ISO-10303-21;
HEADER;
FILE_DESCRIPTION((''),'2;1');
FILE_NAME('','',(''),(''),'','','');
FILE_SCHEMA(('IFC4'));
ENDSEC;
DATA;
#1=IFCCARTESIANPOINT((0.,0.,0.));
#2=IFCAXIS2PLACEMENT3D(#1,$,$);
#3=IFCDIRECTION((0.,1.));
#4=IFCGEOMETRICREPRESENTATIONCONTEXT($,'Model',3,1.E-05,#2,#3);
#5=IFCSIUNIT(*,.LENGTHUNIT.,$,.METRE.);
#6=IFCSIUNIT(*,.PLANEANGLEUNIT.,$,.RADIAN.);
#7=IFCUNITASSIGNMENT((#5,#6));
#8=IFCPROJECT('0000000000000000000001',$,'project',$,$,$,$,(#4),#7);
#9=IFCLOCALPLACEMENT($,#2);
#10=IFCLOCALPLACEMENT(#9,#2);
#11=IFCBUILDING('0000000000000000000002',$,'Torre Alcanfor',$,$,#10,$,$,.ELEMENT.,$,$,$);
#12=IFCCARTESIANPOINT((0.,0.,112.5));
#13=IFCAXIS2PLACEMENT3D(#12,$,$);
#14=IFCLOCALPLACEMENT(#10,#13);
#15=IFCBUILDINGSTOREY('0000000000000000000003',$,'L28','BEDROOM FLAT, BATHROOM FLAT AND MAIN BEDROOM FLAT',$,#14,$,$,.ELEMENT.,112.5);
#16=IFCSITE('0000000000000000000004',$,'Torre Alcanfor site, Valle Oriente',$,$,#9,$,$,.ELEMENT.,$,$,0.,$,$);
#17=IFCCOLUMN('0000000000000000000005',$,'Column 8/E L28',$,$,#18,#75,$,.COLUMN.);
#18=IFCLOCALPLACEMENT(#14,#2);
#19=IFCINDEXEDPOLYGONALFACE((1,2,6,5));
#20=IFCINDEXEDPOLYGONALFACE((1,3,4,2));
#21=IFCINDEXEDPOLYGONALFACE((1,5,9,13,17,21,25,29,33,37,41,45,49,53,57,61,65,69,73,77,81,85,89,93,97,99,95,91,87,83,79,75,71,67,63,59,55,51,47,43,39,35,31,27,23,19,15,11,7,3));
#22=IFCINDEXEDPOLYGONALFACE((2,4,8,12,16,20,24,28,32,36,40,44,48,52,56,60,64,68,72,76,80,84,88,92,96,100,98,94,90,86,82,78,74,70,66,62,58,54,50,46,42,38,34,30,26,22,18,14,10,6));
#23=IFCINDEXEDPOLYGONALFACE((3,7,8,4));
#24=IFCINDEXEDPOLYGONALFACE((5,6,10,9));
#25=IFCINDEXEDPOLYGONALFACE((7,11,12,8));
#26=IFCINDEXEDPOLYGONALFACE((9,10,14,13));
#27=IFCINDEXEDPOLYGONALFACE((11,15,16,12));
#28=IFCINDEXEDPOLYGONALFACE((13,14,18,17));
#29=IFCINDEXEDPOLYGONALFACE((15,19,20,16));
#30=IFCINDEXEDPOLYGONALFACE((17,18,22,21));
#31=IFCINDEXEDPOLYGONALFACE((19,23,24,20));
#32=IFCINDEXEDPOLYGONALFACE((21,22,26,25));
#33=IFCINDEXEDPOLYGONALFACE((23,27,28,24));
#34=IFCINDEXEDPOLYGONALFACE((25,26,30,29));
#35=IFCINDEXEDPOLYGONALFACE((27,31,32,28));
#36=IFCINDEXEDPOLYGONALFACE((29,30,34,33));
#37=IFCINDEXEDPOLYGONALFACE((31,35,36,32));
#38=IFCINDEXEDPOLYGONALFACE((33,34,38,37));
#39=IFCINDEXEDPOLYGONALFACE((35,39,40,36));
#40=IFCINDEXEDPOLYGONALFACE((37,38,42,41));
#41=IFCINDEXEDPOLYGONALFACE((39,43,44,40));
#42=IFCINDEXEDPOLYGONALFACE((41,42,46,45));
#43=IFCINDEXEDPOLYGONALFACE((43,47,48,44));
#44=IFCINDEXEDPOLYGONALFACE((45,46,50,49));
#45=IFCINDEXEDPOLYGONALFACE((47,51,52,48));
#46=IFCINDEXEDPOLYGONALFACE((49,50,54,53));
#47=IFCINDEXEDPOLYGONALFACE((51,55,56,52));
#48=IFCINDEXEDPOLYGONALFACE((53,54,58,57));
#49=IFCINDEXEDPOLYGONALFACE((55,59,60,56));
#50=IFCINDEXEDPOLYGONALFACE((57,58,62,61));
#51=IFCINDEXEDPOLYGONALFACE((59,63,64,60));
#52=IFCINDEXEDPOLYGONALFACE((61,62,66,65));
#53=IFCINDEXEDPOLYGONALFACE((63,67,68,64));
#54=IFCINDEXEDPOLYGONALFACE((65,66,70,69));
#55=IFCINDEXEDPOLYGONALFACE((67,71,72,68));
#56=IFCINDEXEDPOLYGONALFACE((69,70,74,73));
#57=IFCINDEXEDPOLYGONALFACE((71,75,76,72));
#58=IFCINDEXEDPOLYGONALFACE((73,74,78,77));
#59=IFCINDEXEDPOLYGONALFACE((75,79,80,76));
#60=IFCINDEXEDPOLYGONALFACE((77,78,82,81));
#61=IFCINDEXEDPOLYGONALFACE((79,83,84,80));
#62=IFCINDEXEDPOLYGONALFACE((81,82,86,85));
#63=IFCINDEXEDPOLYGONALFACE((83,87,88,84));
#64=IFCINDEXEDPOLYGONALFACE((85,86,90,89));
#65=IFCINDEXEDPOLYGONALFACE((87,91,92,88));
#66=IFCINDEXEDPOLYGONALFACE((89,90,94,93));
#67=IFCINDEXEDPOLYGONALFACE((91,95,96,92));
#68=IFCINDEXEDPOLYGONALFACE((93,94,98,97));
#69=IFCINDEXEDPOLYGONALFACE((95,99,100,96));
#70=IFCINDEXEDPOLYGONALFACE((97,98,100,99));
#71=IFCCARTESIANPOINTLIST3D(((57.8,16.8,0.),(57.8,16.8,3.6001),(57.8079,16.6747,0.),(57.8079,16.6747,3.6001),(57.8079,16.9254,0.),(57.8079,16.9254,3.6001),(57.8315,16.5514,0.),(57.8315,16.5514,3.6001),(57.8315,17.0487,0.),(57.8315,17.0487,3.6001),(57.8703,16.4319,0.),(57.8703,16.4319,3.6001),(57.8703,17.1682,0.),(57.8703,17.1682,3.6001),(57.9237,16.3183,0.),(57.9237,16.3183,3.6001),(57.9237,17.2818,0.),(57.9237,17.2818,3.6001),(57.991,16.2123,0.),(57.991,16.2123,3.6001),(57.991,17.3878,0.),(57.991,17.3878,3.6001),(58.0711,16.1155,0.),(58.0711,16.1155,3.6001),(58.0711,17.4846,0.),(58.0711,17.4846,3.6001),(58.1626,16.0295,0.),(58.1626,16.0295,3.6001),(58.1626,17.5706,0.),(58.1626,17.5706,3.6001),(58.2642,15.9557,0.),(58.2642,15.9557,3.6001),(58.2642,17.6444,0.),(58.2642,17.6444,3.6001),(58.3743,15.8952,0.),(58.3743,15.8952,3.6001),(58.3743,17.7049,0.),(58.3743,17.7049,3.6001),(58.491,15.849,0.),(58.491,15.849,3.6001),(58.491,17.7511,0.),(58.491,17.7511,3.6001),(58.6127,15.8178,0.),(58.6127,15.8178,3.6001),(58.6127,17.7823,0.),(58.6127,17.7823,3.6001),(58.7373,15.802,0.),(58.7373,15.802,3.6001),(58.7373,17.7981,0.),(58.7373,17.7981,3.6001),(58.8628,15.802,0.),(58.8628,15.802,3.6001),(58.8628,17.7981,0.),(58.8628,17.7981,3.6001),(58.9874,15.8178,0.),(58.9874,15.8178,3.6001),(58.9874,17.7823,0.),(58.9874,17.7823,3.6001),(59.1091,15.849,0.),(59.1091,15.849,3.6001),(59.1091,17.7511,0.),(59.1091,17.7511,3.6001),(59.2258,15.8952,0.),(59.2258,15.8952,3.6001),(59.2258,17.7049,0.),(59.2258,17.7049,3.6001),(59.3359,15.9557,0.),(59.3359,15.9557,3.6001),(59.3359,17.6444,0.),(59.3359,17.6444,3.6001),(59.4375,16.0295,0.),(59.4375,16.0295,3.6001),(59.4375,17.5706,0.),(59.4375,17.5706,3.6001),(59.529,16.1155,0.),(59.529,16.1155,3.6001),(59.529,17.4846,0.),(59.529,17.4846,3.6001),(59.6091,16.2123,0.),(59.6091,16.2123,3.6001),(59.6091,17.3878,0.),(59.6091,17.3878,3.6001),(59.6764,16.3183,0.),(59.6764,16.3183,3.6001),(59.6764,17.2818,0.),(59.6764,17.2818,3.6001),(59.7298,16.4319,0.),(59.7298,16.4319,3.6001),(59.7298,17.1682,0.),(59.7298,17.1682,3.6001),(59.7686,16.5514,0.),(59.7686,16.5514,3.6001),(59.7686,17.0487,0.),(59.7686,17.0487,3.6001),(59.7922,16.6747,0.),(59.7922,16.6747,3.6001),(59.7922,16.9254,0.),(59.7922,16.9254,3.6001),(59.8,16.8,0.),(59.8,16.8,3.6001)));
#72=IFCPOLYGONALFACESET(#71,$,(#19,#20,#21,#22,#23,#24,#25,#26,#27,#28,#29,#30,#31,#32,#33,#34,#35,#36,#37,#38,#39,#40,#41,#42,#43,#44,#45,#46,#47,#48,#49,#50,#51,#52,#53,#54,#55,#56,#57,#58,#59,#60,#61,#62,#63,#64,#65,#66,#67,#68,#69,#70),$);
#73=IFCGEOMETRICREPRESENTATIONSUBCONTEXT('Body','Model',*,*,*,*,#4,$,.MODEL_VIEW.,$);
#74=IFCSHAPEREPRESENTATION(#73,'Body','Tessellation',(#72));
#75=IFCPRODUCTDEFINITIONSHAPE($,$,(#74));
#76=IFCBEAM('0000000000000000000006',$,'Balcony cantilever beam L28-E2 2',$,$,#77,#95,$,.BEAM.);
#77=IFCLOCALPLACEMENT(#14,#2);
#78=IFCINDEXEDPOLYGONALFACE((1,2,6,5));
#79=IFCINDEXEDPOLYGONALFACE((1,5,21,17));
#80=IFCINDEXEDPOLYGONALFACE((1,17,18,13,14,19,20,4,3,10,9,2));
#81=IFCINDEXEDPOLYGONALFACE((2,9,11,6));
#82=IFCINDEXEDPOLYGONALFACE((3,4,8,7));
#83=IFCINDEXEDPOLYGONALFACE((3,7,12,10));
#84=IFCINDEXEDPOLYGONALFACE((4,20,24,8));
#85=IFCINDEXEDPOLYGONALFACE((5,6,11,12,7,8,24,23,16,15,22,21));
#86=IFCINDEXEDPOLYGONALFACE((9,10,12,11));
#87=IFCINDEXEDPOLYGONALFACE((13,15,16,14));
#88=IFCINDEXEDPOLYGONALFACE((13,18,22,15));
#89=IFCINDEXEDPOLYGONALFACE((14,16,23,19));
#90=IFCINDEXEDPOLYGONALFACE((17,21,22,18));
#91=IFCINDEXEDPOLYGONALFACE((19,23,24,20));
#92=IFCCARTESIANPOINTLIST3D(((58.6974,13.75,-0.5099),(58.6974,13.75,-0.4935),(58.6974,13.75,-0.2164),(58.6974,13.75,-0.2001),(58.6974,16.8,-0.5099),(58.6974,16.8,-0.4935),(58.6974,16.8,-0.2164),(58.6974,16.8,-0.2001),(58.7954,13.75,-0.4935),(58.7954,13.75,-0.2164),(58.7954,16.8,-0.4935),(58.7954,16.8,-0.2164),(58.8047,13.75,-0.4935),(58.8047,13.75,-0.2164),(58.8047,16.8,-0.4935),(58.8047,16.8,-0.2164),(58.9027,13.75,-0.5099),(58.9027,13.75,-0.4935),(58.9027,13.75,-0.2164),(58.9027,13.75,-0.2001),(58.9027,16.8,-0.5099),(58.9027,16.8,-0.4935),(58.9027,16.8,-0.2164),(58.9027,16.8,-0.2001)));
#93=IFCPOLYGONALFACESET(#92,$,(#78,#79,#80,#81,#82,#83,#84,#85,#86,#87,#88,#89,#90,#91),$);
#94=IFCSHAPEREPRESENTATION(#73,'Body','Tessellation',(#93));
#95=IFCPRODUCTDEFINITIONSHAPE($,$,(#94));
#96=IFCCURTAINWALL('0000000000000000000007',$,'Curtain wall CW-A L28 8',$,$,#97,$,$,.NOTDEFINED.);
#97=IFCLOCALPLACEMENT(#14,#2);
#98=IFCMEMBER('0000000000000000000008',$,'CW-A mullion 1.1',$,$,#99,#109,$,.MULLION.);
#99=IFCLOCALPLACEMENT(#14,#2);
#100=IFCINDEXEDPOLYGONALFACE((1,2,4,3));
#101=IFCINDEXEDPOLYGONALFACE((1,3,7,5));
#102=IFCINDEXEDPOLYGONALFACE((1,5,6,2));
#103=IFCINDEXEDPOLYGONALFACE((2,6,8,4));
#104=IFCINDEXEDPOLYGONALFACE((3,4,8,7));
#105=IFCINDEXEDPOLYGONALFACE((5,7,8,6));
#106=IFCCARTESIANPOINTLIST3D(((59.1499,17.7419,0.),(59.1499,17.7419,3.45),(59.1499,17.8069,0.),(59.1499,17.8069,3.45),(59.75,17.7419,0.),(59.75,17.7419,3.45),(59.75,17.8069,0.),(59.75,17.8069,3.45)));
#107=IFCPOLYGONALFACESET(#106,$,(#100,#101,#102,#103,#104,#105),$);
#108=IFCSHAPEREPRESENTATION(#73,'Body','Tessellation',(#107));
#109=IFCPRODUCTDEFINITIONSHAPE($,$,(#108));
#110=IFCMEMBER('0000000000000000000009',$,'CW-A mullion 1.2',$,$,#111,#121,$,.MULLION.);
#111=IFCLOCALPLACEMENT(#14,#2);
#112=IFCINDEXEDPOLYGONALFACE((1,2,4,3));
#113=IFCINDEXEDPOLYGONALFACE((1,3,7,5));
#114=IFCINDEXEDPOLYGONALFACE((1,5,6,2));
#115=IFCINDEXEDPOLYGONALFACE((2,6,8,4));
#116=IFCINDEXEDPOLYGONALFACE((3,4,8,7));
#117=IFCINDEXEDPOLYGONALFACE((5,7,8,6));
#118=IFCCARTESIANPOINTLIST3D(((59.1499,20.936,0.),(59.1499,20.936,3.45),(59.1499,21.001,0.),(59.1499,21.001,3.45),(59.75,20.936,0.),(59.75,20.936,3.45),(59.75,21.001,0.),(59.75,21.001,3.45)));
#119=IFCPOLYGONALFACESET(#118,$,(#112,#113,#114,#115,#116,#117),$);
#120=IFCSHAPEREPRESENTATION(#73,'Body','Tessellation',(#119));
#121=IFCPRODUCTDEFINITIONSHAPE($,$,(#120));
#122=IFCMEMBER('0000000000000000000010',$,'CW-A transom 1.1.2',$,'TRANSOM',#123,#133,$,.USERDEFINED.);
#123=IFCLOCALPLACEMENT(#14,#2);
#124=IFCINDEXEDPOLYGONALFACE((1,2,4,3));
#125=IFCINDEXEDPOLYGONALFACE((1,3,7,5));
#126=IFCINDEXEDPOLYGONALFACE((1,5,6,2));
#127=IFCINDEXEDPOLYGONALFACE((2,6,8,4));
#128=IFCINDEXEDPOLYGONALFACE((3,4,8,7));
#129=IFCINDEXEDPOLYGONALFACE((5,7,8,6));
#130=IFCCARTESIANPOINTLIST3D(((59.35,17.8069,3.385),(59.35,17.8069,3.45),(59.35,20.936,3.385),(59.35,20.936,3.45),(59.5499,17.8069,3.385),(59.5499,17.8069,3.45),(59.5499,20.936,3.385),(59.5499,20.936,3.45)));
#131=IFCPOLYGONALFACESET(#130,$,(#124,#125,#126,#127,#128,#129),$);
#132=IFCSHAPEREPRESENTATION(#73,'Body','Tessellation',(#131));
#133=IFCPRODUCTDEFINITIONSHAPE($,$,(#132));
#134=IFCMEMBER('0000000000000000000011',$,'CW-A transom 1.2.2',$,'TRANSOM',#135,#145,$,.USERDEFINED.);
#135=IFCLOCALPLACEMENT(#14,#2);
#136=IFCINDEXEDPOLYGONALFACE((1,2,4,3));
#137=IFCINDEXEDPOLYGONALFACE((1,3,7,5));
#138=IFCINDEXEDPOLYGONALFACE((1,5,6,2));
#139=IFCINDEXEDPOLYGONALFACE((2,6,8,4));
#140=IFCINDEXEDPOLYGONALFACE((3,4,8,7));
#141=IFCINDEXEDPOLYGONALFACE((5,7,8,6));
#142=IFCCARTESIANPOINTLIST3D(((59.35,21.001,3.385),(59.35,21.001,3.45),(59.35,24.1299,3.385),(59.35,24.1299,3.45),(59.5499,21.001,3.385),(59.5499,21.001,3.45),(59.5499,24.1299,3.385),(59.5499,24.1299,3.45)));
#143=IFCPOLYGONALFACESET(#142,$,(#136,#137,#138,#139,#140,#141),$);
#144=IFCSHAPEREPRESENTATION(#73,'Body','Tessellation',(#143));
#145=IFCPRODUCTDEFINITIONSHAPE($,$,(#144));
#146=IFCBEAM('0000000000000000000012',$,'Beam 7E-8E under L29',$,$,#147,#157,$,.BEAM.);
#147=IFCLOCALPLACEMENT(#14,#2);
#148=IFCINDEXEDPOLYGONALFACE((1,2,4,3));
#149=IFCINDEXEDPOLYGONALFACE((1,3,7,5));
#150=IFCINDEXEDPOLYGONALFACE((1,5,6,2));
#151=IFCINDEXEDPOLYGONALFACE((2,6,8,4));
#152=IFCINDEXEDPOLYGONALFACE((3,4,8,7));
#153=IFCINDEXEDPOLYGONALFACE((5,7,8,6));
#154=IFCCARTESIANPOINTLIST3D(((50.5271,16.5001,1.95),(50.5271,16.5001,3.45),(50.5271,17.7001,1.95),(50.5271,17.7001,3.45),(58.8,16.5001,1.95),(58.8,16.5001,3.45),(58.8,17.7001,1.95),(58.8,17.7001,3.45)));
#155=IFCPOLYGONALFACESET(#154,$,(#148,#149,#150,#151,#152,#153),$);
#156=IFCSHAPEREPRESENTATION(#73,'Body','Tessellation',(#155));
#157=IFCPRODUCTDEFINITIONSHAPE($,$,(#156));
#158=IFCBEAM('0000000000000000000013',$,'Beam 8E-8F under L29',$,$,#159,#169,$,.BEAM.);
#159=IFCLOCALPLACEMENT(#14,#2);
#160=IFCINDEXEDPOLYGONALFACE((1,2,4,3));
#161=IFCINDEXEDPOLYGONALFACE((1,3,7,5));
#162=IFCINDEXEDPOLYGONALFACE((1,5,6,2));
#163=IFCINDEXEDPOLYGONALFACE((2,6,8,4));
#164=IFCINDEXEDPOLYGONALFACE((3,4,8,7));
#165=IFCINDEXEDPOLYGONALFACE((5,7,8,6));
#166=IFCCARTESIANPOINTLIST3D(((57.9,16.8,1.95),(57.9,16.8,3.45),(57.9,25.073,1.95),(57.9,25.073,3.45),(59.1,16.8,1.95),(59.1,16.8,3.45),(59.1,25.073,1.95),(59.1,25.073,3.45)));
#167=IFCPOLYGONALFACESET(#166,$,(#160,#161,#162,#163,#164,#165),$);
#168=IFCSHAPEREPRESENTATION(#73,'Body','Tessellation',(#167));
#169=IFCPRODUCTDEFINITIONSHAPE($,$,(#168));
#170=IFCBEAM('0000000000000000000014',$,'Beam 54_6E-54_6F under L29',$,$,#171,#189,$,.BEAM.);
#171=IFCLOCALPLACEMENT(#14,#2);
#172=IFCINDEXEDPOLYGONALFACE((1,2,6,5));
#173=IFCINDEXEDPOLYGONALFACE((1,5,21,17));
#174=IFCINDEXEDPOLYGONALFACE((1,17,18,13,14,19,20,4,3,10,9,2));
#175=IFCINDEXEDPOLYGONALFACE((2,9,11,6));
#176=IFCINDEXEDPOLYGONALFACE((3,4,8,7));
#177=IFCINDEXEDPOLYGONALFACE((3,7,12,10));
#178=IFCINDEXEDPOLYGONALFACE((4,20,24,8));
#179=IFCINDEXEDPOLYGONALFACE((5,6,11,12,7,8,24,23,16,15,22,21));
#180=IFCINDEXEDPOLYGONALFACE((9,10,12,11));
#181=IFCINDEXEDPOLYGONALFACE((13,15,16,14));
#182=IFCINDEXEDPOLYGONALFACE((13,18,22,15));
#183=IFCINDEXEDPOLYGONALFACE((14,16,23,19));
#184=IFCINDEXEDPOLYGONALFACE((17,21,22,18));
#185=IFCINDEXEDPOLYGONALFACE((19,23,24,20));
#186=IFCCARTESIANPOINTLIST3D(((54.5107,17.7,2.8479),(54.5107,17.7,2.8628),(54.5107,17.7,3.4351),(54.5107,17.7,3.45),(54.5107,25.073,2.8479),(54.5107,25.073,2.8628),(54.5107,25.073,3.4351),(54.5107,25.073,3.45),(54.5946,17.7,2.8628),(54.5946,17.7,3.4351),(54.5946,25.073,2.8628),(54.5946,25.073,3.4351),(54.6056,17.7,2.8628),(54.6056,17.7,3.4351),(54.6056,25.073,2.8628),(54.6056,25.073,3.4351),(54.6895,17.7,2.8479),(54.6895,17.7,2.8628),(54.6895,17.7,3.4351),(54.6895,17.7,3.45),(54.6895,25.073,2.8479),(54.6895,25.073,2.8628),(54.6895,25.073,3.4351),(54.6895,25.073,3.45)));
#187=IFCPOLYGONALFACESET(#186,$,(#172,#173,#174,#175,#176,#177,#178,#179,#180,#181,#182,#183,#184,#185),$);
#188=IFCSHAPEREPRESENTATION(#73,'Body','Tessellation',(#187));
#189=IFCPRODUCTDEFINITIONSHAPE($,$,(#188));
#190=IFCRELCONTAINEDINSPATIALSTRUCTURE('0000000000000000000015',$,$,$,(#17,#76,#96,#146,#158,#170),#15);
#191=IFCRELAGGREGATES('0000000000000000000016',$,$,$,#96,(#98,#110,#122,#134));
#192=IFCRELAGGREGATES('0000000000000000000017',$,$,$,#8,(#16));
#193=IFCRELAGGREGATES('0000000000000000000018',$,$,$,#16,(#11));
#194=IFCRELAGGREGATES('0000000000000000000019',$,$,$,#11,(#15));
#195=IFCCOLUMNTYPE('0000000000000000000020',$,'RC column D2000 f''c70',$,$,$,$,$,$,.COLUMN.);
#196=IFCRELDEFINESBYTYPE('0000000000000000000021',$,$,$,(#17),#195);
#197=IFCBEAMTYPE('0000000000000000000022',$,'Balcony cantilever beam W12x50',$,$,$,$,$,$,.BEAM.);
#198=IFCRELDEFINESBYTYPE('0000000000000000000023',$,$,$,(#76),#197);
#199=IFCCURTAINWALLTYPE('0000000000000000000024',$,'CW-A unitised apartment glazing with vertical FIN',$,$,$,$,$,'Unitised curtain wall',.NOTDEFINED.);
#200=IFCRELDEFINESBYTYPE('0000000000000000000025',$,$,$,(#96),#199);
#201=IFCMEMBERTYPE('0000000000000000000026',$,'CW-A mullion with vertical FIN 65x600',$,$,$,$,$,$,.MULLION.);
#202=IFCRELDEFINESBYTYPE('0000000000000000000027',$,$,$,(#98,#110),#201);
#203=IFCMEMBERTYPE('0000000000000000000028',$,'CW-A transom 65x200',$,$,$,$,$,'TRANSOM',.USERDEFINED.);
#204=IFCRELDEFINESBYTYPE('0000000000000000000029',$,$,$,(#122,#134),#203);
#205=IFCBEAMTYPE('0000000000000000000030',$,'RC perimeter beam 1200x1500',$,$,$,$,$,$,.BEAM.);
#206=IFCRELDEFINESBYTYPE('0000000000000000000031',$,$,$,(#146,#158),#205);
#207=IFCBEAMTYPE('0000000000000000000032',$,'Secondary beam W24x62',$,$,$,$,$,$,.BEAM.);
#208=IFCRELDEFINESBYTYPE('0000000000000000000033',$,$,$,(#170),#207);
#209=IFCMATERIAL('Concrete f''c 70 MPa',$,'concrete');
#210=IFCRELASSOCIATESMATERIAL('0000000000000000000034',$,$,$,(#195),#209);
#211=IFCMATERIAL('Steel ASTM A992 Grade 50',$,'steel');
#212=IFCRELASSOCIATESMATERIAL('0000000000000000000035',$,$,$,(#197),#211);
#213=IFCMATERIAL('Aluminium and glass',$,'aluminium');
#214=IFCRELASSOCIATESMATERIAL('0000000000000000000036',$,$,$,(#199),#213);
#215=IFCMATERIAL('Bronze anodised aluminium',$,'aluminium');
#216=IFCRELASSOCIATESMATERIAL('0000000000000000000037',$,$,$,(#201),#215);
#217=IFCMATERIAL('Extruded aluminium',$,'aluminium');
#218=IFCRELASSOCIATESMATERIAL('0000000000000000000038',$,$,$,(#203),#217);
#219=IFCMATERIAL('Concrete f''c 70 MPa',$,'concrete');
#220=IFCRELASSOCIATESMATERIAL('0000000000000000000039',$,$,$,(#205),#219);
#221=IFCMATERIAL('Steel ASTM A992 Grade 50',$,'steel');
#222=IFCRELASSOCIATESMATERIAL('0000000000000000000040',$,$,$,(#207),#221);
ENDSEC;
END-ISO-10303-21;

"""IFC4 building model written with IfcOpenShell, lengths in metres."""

from ifc_helpers import new_model, si_unit, direction, frame, origin, origin_2d, place, context, subcontext, project, spatial, rectangle, circle, i_section, extrude, material, material_profile, profile_set, type_object, element, aggregate, save


model = new_model("IFC4")

# Units and contexts
model_context = context("Model", 3, precision=1e-05, world=origin(), true_north=direction((0.0, 1.0)))
body_context = subcontext(model_context, "Body", "Model", "MODEL_VIEW")
ifc_project = project(units=[si_unit("LENGTHUNIT", "METRE"), si_unit("PLANEANGLEUNIT", "RADIAN")], contexts=[model_context])

# Site, building, storey
site_placement = place(None, origin())
site = spatial("IfcSite", under=ifc_project, at=site_placement, Name="Torre Alcanfor site, Valle Oriente", CompositionType="ELEMENT", RefElevation=0.0)
building_placement = place(site_placement, origin())
building = spatial("IfcBuilding", under=site, at=building_placement, Name="Torre Alcanfor", CompositionType="ELEMENT")
storey_placement = place(building_placement, frame((0.0, 0.0, 112.5)))
storey = spatial("IfcBuildingStorey", under=building, at=storey_placement, Name="L28", Description="BEDROOM FLAT, BATHROOM FLAT AND MAIN BEDROOM FLAT", CompositionType="ELEMENT", Elevation=112.5)

# Column
ifc_material_1 = material(Name="Concrete f'c 70 MPa", Category="concrete")
ifc_material_profile_1 = material_profile(ifc_material_1, circle(Radius=1.0, at=origin_2d()), Name="D2000")
ifc_profile_set_1 = profile_set([ifc_material_profile_1], Name="Concrete f'c 70 MPa")
column_type = type_object("IfcColumnType", Name="RC column D2000 f'c70", PredefinedType="COLUMN", material=ifc_profile_set_1)
column_placement = place(storey_placement, frame((58.8, 16.8, 0.0), z_axis=(0.0, 0.0, 1.0), x_axis=(1.0, 0.0, 0.0)))
element("IfcColumn", 1, at=column_placement, inside=storey, type_object=column_type, Name="Column 8/E L28", PredefinedType="COLUMN", context=body_context, shape_type="SweptSolid", body=[
    extrude(circle(Radius=1.0, at=origin_2d()), origin(), (0.0, 0.0, 1.0), 3.6001),
])

# Beam
ifc_material_2 = material(Name="Steel ASTM A992 Grade 50", Category="steel")
ifc_material_profile_2 = material_profile(ifc_material_2, i_section(OverallWidth=0.2053, OverallDepth=0.3098, WebThickness=0.0093, FlangeThickness=0.0164, at=origin_2d()), Name="W12x50")
ifc_profile_set_2 = profile_set([ifc_material_profile_2], Name="Steel ASTM A992 Grade 50")
beam_type_1 = type_object("IfcBeamType", Name="Balcony cantilever beam W12x50", PredefinedType="BEAM", material=ifc_profile_set_2)
beam_1_placement = place(storey_placement, frame((58.8, 16.8, -0.355), z_axis=(0.0, -1.0, 0.0), x_axis=(1.0, 0.0, 0.0)))
element("IfcBeam", 2, at=beam_1_placement, inside=storey, type_object=beam_type_1, Name="Balcony cantilever beam L28-E2 2", PredefinedType="BEAM", context=body_context, shape_type="SweptSolid", body=[
    extrude(i_section(OverallWidth=0.2053, OverallDepth=0.3098, WebThickness=0.0093, FlangeThickness=0.0164, at=origin_2d()), origin(), (0.0, 0.0, 1.0), 3.05),
])

# Curtain wall, members
ifc_material_3 = material(Name="Aluminium and glass", Category="aluminium")
curtain_wall_type = type_object("IfcCurtainWallType", Name="CW-A unitised apartment glazing with vertical FIN", ElementType="Unitised curtain wall", PredefinedType="NOTDEFINED", material=ifc_material_3)
curtain_wall_placement = place(storey_placement, origin())
curtain_wall = element("IfcCurtainWall", 3, at=curtain_wall_placement, inside=storey, type_object=curtain_wall_type, Name="Curtain wall CW-A L28 8", PredefinedType="NOTDEFINED")
ifc_material_4 = material(Name="Bronze anodised aluminium", Category="aluminium")
ifc_material_profile_3 = material_profile(ifc_material_4, rectangle(XDim=0.6001, YDim=0.0649, at=origin_2d()), Name="CW-A mullion 65x600")
ifc_profile_set_3 = profile_set([ifc_material_profile_3], Name="Bronze anodised aluminium")
member_type_1 = type_object("IfcMemberType", Name="CW-A mullion with vertical FIN 65x600", PredefinedType="MULLION", material=ifc_profile_set_3)
member_1_placement = place(storey_placement, frame((59.45, 17.7744, 0.0), z_axis=(0.0, 0.0, 1.0), x_axis=(-1.0, 0.0, 0.0)))
member_1 = element("IfcMember", 4, at=member_1_placement, type_object=member_type_1, Name="CW-A mullion 1.1", PredefinedType="MULLION", context=body_context, shape_type="SweptSolid", body=[
    extrude(rectangle(XDim=0.6001, YDim=0.0649, at=origin_2d()), origin(), (0.0, 0.0, 1.0), 3.45),
])
member_2_placement = place(storey_placement, frame((59.45, 20.9685, 0.0), z_axis=(0.0, 0.0, 1.0), x_axis=(-1.0, 0.0, 0.0)))
member_2 = element("IfcMember", 5, at=member_2_placement, type_object=member_type_1, Name="CW-A mullion 1.2", PredefinedType="MULLION", context=body_context, shape_type="SweptSolid", body=[
    extrude(rectangle(XDim=0.6001, YDim=0.0649, at=origin_2d()), origin(), (0.0, 0.0, 1.0), 3.45),
])
ifc_material_5 = material(Name="Extruded aluminium", Category="aluminium")
ifc_material_profile_4 = material_profile(ifc_material_5, rectangle(XDim=0.2, YDim=0.0649, at=origin_2d()), Name="CW-A transom 200x65")
ifc_profile_set_4 = profile_set([ifc_material_profile_4], Name="Extruded aluminium")
member_type_2 = type_object("IfcMemberType", Name="CW-A transom 65x200", ElementType="TRANSOM", PredefinedType="USERDEFINED", material=ifc_profile_set_4)
member_3_placement = place(storey_placement, frame((59.45, 17.8069, 3.4175), z_axis=(0.0, 1.0, 0.0), x_axis=(-1.0, 0.0, 0.0)))
member_3 = element("IfcMember", 6, at=member_3_placement, type_object=member_type_2, Name="CW-A transom 1.1.2", ObjectType="TRANSOM", PredefinedType="USERDEFINED", context=body_context, shape_type="SweptSolid", body=[
    extrude(rectangle(XDim=0.2, YDim=0.0649, at=origin_2d()), origin(), (0.0, 0.0, 1.0), 3.1292),
])
member_4_placement = place(storey_placement, frame((59.45, 21.001, 3.4175), z_axis=(0.0, 1.0, 0.0), x_axis=(-1.0, 0.0, 0.0)))
member_4 = element("IfcMember", 7, at=member_4_placement, type_object=member_type_2, Name="CW-A transom 1.2.2", ObjectType="TRANSOM", PredefinedType="USERDEFINED", context=body_context, shape_type="SweptSolid", body=[
    extrude(rectangle(XDim=0.2, YDim=0.0649, at=origin_2d()), origin(), (0.0, 0.0, 1.0), 3.1289),
])

# Beams
ifc_material_6 = material(Name="Concrete f'c 70 MPa", Category="concrete")
ifc_material_profile_5 = material_profile(ifc_material_6, rectangle(XDim=1.2, YDim=1.5, at=origin_2d()), Name="1200x1500")
ifc_profile_set_5 = profile_set([ifc_material_profile_5], Name="Concrete f'c 70 MPa")
beam_type_2 = type_object("IfcBeamType", Name="RC perimeter beam 1200x1500", PredefinedType="BEAM", material=ifc_profile_set_5)
for number, where, z_axis, x_axis, name in (
    (8, (50.5271, 17.1001, 2.7), (1.0, 0.0, 0.0), (0.0, 1.0, 0.0), "Beam 7E-8E under L29"),
    (9, (58.5, 16.8, 2.7), (0.0, 1.0, 0.0), (-1.0, 0.0, 0.0), "Beam 8E-8F under L29"),
):
    element("IfcBeam", number, at=place(storey_placement, frame(where, z_axis=z_axis, x_axis=x_axis)), inside=storey, type_object=beam_type_2, Name=name, PredefinedType="BEAM", context=body_context, shape_type="SweptSolid", body=[
        extrude(rectangle(XDim=1.2, YDim=1.5, at=origin_2d()), origin(), (0.0, 0.0, 1.0), 8.2729),
    ])
ifc_material_7 = material(Name="Steel ASTM A992 Grade 50", Category="steel")
ifc_material_profile_6 = material_profile(ifc_material_7, i_section(OverallWidth=0.1787, OverallDepth=0.6021, WebThickness=0.011, FlangeThickness=0.0149, at=origin_2d()), Name="W24x62")
ifc_profile_set_6 = profile_set([ifc_material_profile_6], Name="Steel ASTM A992 Grade 50")
beam_type_3 = type_object("IfcBeamType", Name="Secondary beam W24x62", PredefinedType="BEAM", material=ifc_profile_set_6)
beam_2_placement = place(storey_placement, frame((54.6001, 17.7, 3.1489), z_axis=(0.0, 1.0, 0.0), x_axis=(-1.0, 0.0, 0.0)))
element("IfcBeam", 10, at=beam_2_placement, inside=storey, type_object=beam_type_3, Name="Beam 54_6E-54_6F under L29", PredefinedType="BEAM", context=body_context, shape_type="SweptSolid", body=[
    extrude(i_section(OverallWidth=0.1787, OverallDepth=0.6021, WebThickness=0.011, FlangeThickness=0.0149, at=origin_2d()), origin(), (0.0, 0.0, 1.0), 7.373),
])

aggregate(curtain_wall, [member_1, member_2, member_3, member_4])

save(model, "model.ifc")
